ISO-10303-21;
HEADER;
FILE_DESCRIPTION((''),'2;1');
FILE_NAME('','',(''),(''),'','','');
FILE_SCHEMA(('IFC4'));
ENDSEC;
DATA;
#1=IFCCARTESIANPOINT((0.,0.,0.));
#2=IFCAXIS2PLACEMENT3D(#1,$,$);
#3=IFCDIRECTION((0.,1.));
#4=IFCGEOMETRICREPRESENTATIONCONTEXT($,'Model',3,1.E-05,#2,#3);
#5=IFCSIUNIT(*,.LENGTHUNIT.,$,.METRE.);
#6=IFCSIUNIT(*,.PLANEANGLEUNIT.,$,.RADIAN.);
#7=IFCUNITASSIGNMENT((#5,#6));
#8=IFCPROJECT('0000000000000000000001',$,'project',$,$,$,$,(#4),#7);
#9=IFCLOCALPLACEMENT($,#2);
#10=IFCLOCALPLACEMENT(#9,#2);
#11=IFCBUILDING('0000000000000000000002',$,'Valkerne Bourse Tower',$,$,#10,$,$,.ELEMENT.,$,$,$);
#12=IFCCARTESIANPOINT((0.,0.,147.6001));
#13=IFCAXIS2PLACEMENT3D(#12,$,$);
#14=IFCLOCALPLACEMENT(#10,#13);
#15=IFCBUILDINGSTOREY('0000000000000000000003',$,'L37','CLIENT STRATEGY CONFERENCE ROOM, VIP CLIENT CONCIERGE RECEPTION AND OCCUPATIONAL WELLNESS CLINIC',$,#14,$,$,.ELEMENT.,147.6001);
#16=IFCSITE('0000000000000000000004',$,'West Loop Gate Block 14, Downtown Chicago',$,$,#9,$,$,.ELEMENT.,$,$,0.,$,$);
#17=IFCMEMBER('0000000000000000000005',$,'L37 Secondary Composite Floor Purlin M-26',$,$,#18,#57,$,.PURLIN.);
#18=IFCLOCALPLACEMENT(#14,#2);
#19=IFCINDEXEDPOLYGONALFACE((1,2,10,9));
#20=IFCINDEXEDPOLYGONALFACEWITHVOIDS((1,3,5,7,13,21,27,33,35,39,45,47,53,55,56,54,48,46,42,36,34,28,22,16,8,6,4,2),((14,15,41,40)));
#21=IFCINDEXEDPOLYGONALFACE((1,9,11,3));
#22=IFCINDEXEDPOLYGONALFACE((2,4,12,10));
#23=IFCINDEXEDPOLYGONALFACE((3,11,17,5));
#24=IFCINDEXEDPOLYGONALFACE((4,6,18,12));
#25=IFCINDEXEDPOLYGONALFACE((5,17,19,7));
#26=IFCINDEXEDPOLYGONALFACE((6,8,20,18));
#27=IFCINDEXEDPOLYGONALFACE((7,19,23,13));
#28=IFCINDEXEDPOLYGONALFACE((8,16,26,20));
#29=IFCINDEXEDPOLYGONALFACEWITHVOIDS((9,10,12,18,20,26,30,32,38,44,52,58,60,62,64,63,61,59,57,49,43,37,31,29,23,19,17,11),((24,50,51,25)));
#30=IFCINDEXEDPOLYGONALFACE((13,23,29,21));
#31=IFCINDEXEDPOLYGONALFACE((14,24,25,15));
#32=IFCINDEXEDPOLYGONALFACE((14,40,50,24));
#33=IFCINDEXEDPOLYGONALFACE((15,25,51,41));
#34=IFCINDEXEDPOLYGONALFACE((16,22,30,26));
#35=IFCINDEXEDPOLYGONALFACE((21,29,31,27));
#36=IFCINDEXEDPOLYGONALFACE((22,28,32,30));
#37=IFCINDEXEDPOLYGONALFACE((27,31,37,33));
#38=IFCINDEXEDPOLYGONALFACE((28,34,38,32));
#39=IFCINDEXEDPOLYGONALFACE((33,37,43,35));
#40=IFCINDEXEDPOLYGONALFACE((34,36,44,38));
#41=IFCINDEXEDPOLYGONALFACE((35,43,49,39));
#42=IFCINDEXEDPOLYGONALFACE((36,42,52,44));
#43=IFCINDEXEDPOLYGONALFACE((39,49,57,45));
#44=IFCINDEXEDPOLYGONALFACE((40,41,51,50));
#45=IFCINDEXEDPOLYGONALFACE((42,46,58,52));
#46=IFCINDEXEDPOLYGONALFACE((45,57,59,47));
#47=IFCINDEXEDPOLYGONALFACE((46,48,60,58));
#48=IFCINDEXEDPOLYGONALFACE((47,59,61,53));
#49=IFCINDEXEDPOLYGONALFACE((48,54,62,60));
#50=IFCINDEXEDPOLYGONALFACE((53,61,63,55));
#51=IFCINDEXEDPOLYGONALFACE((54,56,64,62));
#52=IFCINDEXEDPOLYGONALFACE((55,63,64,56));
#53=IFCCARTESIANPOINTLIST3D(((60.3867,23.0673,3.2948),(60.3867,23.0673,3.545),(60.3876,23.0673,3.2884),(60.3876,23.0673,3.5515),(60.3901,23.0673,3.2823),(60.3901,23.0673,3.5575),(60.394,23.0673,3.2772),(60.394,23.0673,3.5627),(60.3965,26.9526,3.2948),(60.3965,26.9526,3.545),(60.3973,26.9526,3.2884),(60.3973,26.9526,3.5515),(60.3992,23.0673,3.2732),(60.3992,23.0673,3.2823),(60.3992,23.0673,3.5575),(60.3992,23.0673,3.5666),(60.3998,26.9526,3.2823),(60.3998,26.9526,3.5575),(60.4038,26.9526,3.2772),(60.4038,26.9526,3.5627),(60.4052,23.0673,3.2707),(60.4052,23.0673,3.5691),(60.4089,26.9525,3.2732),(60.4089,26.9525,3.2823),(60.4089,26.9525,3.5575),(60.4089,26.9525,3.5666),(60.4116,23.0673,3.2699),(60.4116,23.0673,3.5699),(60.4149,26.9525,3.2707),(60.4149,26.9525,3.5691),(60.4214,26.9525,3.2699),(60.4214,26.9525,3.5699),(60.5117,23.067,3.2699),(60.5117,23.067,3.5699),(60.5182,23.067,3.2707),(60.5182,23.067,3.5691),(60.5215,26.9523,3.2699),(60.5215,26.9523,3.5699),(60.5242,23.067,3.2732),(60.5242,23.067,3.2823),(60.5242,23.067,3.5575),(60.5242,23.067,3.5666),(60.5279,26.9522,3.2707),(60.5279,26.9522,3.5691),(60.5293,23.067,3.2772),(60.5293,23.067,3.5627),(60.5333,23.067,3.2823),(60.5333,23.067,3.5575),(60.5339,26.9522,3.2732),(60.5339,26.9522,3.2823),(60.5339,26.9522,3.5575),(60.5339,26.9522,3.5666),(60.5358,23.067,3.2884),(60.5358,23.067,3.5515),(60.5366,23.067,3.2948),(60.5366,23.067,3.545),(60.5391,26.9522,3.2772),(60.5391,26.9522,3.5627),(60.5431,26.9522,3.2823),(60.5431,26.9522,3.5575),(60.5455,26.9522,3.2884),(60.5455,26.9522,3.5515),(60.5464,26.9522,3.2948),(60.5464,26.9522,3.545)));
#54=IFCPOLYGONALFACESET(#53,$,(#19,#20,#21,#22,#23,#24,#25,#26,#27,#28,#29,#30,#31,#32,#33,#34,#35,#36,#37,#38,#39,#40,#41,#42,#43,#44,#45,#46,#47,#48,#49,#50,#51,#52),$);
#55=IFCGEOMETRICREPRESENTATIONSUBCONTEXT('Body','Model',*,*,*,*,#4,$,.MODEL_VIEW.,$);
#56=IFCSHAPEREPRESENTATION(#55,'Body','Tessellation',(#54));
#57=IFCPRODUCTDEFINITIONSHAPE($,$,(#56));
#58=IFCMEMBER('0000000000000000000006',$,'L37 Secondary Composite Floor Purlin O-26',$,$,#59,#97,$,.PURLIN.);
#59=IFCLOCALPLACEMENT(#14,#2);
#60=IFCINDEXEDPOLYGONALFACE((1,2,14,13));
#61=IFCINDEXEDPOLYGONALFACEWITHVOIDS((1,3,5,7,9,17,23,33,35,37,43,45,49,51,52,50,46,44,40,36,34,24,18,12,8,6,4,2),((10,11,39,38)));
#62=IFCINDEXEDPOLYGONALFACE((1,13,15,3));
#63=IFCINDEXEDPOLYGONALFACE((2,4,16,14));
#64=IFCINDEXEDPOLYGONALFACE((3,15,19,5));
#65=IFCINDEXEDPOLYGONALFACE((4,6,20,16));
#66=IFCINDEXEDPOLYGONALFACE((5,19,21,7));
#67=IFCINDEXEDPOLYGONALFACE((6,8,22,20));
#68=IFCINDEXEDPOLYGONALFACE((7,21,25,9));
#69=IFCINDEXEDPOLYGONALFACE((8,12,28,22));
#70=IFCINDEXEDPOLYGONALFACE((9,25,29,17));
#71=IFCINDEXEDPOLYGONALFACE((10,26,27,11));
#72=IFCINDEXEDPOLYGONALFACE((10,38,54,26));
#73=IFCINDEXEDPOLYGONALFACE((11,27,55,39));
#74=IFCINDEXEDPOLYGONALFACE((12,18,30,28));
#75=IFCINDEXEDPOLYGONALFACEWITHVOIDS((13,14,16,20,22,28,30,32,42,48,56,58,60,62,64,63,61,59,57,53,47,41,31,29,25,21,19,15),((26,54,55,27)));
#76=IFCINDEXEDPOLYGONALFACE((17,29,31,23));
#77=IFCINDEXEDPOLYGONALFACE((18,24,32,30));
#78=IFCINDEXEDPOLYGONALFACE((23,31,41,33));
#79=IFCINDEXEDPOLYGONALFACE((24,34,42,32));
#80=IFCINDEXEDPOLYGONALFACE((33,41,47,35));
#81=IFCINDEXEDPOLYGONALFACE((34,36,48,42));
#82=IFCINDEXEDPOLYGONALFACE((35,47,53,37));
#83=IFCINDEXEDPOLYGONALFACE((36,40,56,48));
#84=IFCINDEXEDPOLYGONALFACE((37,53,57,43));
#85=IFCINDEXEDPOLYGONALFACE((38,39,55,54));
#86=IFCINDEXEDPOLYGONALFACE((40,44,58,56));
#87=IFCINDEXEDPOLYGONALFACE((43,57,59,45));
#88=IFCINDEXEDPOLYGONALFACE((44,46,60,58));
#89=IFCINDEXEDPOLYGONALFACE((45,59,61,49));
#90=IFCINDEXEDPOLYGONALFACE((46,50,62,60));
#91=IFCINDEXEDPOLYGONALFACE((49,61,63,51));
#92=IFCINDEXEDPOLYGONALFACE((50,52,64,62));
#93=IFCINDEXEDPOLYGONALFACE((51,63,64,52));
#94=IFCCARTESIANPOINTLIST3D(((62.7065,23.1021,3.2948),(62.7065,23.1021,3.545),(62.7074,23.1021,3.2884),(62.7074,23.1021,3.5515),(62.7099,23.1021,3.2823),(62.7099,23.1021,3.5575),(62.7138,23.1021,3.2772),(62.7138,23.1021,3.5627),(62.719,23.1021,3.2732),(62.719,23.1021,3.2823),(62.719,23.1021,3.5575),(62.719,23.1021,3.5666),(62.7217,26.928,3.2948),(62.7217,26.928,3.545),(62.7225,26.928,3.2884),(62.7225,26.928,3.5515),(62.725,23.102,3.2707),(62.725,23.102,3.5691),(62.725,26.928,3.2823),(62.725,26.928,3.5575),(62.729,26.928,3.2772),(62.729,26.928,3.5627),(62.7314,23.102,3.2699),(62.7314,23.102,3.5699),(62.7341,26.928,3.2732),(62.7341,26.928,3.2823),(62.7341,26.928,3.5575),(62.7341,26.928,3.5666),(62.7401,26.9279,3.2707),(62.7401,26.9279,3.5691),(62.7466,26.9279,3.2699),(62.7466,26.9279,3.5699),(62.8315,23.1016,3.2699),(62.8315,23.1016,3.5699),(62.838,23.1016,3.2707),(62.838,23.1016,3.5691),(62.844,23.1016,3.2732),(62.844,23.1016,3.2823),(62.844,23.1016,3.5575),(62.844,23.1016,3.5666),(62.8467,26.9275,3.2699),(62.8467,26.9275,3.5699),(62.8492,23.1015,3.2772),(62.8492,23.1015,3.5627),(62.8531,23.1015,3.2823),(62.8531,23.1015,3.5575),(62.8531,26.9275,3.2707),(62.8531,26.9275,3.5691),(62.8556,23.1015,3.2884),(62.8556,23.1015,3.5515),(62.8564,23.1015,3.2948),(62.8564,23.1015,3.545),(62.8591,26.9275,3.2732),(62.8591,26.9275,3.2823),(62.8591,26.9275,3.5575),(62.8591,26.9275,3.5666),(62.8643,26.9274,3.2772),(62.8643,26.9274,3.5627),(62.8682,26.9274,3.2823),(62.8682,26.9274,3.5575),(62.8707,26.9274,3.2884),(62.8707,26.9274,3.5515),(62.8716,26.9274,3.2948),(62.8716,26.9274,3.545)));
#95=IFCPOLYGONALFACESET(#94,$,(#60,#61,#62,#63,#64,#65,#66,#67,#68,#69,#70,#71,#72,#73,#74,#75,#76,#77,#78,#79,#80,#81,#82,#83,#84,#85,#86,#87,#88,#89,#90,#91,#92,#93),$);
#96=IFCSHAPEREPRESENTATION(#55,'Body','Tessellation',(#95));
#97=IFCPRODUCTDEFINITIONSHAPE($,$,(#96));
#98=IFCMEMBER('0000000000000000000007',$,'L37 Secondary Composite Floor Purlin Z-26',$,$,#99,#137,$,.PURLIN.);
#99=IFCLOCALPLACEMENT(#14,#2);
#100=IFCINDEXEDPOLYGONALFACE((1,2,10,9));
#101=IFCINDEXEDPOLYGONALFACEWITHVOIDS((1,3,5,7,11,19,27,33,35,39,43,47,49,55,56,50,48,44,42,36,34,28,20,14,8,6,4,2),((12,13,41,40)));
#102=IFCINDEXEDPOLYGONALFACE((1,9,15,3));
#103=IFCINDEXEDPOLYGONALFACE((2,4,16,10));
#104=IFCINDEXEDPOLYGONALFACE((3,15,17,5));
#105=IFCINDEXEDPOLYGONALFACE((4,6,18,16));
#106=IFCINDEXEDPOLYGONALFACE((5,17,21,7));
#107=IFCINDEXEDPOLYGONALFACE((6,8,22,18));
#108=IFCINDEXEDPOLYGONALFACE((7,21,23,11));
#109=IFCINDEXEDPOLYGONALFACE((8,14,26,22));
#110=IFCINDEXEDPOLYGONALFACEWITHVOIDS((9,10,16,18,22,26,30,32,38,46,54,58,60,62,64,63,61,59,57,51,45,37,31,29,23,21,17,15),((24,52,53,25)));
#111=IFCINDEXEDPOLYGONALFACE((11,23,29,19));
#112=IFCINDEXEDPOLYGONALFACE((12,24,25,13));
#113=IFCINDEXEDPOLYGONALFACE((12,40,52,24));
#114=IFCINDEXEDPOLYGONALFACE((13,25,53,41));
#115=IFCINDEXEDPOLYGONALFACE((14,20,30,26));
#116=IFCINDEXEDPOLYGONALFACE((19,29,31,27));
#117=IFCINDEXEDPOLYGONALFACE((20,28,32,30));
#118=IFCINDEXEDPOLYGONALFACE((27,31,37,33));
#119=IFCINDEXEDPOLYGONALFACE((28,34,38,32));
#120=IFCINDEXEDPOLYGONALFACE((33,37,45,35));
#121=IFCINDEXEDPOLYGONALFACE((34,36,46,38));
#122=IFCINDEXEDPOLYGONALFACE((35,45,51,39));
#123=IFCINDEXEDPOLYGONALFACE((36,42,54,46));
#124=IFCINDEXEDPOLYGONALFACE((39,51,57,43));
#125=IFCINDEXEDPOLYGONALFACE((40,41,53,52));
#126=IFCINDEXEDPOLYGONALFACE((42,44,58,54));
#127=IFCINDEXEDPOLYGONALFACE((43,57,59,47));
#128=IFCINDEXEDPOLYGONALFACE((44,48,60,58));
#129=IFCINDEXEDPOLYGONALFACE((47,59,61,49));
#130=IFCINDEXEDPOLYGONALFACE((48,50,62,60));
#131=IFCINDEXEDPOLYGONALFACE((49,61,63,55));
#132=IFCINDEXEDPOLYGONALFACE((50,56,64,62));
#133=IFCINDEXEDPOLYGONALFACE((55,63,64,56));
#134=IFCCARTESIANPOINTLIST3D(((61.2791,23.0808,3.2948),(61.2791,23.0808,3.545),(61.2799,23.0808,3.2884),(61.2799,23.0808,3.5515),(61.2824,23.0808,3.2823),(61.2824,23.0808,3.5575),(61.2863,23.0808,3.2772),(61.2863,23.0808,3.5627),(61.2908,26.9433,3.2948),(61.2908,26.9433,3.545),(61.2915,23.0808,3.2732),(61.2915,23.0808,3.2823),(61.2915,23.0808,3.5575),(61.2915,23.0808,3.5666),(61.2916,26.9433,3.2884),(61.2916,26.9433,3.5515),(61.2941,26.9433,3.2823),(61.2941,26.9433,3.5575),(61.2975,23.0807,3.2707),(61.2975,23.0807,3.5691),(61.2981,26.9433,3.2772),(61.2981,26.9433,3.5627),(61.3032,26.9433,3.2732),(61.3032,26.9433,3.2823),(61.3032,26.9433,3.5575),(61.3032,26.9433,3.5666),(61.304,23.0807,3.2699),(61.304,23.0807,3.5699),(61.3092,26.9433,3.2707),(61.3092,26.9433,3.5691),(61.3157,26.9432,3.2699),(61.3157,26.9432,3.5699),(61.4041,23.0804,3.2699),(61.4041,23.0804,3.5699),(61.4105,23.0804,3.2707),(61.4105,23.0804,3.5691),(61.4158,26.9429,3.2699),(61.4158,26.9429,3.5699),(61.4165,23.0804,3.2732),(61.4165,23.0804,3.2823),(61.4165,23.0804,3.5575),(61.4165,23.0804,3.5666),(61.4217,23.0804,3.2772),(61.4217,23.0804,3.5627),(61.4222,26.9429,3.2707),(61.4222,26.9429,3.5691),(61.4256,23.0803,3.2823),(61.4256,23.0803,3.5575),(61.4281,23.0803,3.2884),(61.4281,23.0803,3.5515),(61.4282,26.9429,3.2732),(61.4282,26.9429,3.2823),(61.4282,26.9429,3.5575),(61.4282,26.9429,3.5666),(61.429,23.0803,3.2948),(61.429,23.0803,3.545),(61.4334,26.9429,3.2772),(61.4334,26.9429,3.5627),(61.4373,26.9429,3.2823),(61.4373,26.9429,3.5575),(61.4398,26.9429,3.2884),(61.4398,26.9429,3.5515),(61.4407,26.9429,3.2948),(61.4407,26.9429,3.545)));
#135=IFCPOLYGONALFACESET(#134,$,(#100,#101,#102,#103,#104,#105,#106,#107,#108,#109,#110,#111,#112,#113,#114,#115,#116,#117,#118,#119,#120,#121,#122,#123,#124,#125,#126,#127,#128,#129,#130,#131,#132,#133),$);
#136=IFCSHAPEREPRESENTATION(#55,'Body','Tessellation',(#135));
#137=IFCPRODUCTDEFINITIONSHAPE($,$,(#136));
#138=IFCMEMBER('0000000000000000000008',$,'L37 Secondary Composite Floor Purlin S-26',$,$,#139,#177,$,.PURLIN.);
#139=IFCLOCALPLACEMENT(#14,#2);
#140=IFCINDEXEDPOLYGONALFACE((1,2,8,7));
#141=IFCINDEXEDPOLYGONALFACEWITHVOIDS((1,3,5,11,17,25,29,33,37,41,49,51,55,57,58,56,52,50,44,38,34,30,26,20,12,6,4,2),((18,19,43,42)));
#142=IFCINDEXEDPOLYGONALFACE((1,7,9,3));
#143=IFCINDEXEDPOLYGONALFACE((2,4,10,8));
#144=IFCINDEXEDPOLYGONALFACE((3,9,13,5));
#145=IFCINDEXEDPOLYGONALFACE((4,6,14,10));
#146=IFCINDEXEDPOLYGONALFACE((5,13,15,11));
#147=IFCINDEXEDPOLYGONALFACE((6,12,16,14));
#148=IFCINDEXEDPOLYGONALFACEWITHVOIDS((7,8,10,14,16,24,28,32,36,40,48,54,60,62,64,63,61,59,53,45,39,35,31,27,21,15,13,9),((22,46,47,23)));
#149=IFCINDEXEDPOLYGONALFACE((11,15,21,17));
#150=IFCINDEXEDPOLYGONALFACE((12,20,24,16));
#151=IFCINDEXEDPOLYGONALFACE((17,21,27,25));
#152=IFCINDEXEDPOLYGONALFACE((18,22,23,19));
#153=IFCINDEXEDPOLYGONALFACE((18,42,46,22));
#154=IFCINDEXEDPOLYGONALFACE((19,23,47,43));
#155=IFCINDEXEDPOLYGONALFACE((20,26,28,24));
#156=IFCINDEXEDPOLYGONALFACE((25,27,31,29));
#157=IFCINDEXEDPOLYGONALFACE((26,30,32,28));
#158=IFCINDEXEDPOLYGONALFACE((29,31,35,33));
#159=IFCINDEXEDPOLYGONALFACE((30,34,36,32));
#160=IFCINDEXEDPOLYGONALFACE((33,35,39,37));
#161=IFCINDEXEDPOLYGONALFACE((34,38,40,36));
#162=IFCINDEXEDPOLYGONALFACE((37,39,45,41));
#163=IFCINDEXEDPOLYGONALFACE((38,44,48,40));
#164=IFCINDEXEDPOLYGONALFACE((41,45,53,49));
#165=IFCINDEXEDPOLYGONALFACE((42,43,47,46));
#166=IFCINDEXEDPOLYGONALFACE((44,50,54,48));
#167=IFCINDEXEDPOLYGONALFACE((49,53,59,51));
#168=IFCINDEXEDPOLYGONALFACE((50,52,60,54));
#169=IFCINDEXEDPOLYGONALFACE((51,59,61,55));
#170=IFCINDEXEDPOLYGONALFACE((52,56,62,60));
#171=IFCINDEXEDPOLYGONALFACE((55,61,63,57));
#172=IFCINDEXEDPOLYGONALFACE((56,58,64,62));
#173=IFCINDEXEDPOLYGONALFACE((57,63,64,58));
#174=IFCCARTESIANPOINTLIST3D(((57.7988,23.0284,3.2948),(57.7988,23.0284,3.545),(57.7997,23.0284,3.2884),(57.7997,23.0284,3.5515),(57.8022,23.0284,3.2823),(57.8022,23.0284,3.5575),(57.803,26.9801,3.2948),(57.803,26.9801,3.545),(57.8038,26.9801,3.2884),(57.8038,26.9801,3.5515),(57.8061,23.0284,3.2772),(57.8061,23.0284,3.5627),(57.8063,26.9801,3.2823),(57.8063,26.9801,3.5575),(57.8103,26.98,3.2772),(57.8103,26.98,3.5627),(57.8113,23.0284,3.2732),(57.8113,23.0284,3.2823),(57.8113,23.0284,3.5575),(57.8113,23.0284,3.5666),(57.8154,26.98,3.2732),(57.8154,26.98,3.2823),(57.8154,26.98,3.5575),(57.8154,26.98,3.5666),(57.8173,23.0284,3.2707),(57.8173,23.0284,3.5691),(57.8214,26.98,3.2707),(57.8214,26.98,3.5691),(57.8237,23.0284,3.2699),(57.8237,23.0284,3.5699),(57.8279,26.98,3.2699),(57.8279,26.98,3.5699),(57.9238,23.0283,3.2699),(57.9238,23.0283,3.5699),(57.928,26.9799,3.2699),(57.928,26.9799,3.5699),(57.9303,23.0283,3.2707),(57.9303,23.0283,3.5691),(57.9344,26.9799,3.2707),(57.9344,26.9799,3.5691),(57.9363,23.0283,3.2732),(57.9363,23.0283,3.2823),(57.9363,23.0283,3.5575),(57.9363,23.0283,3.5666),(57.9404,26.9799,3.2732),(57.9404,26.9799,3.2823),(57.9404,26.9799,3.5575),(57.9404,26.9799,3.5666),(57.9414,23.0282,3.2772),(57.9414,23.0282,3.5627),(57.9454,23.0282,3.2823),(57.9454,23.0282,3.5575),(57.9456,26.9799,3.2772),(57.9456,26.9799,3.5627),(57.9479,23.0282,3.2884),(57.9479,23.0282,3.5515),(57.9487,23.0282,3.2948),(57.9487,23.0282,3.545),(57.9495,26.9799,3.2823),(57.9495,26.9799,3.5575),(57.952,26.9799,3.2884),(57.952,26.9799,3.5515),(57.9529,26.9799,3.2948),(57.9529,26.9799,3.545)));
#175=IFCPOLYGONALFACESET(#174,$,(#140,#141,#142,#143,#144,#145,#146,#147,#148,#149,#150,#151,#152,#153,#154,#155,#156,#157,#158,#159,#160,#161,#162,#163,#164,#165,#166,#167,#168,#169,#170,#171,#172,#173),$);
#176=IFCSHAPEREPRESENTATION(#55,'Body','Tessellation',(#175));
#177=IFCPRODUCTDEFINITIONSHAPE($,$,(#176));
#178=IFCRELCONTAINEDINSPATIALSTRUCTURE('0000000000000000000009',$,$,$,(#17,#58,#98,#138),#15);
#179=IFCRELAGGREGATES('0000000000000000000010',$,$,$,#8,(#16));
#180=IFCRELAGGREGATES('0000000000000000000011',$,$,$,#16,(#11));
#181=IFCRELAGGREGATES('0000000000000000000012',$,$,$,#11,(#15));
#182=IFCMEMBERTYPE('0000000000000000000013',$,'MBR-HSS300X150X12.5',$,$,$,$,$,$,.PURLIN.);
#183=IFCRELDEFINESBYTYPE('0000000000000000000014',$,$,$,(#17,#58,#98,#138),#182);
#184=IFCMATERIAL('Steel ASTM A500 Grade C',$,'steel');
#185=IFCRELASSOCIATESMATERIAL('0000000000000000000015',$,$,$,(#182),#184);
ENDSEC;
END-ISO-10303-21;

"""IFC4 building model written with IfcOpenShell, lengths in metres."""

from ifc_helpers import new_model, si_unit, direction, frame, origin, origin_2d, place, context, subcontext, project, spatial, hollow_rectangle, extrude, material, material_profile, profile_set, type_object, element, save


model = new_model("IFC4")

# Units and contexts
model_context = context("Model", 3, precision=1e-05, world=origin(), true_north=direction((0.0, 1.0)))
body_context = subcontext(model_context, "Body", "Model", "MODEL_VIEW")
ifc_project = project(units=[si_unit("LENGTHUNIT", "METRE"), si_unit("PLANEANGLEUNIT", "RADIAN")], contexts=[model_context])

# Site, building, storey
site_placement = place(None, origin())
site = spatial("IfcSite", under=ifc_project, at=site_placement, Name="West Loop Gate Block 14, Downtown Chicago", CompositionType="ELEMENT", RefElevation=0.0)
building_placement = place(site_placement, origin())
building = spatial("IfcBuilding", under=site, at=building_placement, Name="Valkerne Bourse Tower", CompositionType="ELEMENT")
storey_placement = place(building_placement, frame((0.0, 0.0, 147.6001)))
storey = spatial("IfcBuildingStorey", under=building, at=storey_placement, Name="L37", Description="CLIENT STRATEGY CONFERENCE ROOM, VIP CLIENT CONCIERGE RECEPTION AND OCCUPATIONAL WELLNESS CLINIC", CompositionType="ELEMENT", Elevation=147.6001)

# Members
ifc_material_1 = material(Name="Steel ASTM A500 Grade C", Category="steel")
ifc_material_profile_1 = material_profile(ifc_material_1, hollow_rectangle(XDim=0.1499, YDim=0.3, WallThickness=0.0125, OuterFilletRadius=0.0249, at=origin_2d()), Name="HSS300X150X12.5")
ifc_profile_set_1 = profile_set([ifc_material_profile_1], Name="Steel ASTM A500 Grade C")
member_type_1 = type_object("IfcMemberType", Name="MBR-HSS300X150X12.5", PredefinedType="PURLIN", material=ifc_profile_set_1)
member_1_placement = place(storey_placement, frame((60.4617, 23.0671, 3.4199), z_axis=(0.002514, 0.999997, 0.0), x_axis=(-0.999997, 0.002514, 0.0)))
element("IfcMember", 1, at=member_1_placement, inside=storey, type_object=member_type_1, Name="L37 Secondary Composite Floor Purlin M-26", PredefinedType="PURLIN", context=body_context, shape_type="SweptSolid", body=[
    extrude(hollow_rectangle(XDim=0.1499, YDim=0.3, WallThickness=0.0125, OuterFilletRadius=0.0249, at=origin_2d()), origin(), (0.0, 0.0, 1.0), 3.8853),
])
member_2_placement = place(storey_placement, frame((62.7815, 23.1018, 3.4199), z_axis=(0.003956, 0.999992, 0.0), x_axis=(-0.999992, 0.003956, 0.0)))
element("IfcMember", 2, at=member_2_placement, inside=storey, type_object=member_type_1, Name="L37 Secondary Composite Floor Purlin O-26", PredefinedType="PURLIN", context=body_context, shape_type="SweptSolid", body=[
    extrude(hollow_rectangle(XDim=0.1499, YDim=0.3, WallThickness=0.0125, OuterFilletRadius=0.0249, at=origin_2d()), origin(), (0.0, 0.0, 1.0), 3.8259),
])
member_3_placement = place(storey_placement, frame((61.354, 23.0806, 3.4199), z_axis=(0.003034, 0.999995, 0.0), x_axis=(-0.999995, 0.003034, 0.0)))
element("IfcMember", 3, at=member_3_placement, inside=storey, type_object=member_type_1, Name="L37 Secondary Composite Floor Purlin Z-26", PredefinedType="PURLIN", context=body_context, shape_type="SweptSolid", body=[
    extrude(hollow_rectangle(XDim=0.1499, YDim=0.3, WallThickness=0.0125, OuterFilletRadius=0.0249, at=origin_2d()), origin(), (0.0, 0.0, 1.0), 3.8625),
])
member_4_placement = place(storey_placement, frame((57.8738, 23.0283, 3.4199), z_axis=(0.00105, 0.999999, 0.0), x_axis=(-0.999999, 0.00105, 0.0)))
element("IfcMember", 4, at=member_4_placement, inside=storey, type_object=member_type_1, Name="L37 Secondary Composite Floor Purlin S-26", PredefinedType="PURLIN", context=body_context, shape_type="SweptSolid", body=[
    extrude(hollow_rectangle(XDim=0.1499, YDim=0.3, WallThickness=0.0125, OuterFilletRadius=0.0249, at=origin_2d()), origin(), (0.0, 0.0, 1.0), 3.9517),
])

save(model, "model.ifc")
